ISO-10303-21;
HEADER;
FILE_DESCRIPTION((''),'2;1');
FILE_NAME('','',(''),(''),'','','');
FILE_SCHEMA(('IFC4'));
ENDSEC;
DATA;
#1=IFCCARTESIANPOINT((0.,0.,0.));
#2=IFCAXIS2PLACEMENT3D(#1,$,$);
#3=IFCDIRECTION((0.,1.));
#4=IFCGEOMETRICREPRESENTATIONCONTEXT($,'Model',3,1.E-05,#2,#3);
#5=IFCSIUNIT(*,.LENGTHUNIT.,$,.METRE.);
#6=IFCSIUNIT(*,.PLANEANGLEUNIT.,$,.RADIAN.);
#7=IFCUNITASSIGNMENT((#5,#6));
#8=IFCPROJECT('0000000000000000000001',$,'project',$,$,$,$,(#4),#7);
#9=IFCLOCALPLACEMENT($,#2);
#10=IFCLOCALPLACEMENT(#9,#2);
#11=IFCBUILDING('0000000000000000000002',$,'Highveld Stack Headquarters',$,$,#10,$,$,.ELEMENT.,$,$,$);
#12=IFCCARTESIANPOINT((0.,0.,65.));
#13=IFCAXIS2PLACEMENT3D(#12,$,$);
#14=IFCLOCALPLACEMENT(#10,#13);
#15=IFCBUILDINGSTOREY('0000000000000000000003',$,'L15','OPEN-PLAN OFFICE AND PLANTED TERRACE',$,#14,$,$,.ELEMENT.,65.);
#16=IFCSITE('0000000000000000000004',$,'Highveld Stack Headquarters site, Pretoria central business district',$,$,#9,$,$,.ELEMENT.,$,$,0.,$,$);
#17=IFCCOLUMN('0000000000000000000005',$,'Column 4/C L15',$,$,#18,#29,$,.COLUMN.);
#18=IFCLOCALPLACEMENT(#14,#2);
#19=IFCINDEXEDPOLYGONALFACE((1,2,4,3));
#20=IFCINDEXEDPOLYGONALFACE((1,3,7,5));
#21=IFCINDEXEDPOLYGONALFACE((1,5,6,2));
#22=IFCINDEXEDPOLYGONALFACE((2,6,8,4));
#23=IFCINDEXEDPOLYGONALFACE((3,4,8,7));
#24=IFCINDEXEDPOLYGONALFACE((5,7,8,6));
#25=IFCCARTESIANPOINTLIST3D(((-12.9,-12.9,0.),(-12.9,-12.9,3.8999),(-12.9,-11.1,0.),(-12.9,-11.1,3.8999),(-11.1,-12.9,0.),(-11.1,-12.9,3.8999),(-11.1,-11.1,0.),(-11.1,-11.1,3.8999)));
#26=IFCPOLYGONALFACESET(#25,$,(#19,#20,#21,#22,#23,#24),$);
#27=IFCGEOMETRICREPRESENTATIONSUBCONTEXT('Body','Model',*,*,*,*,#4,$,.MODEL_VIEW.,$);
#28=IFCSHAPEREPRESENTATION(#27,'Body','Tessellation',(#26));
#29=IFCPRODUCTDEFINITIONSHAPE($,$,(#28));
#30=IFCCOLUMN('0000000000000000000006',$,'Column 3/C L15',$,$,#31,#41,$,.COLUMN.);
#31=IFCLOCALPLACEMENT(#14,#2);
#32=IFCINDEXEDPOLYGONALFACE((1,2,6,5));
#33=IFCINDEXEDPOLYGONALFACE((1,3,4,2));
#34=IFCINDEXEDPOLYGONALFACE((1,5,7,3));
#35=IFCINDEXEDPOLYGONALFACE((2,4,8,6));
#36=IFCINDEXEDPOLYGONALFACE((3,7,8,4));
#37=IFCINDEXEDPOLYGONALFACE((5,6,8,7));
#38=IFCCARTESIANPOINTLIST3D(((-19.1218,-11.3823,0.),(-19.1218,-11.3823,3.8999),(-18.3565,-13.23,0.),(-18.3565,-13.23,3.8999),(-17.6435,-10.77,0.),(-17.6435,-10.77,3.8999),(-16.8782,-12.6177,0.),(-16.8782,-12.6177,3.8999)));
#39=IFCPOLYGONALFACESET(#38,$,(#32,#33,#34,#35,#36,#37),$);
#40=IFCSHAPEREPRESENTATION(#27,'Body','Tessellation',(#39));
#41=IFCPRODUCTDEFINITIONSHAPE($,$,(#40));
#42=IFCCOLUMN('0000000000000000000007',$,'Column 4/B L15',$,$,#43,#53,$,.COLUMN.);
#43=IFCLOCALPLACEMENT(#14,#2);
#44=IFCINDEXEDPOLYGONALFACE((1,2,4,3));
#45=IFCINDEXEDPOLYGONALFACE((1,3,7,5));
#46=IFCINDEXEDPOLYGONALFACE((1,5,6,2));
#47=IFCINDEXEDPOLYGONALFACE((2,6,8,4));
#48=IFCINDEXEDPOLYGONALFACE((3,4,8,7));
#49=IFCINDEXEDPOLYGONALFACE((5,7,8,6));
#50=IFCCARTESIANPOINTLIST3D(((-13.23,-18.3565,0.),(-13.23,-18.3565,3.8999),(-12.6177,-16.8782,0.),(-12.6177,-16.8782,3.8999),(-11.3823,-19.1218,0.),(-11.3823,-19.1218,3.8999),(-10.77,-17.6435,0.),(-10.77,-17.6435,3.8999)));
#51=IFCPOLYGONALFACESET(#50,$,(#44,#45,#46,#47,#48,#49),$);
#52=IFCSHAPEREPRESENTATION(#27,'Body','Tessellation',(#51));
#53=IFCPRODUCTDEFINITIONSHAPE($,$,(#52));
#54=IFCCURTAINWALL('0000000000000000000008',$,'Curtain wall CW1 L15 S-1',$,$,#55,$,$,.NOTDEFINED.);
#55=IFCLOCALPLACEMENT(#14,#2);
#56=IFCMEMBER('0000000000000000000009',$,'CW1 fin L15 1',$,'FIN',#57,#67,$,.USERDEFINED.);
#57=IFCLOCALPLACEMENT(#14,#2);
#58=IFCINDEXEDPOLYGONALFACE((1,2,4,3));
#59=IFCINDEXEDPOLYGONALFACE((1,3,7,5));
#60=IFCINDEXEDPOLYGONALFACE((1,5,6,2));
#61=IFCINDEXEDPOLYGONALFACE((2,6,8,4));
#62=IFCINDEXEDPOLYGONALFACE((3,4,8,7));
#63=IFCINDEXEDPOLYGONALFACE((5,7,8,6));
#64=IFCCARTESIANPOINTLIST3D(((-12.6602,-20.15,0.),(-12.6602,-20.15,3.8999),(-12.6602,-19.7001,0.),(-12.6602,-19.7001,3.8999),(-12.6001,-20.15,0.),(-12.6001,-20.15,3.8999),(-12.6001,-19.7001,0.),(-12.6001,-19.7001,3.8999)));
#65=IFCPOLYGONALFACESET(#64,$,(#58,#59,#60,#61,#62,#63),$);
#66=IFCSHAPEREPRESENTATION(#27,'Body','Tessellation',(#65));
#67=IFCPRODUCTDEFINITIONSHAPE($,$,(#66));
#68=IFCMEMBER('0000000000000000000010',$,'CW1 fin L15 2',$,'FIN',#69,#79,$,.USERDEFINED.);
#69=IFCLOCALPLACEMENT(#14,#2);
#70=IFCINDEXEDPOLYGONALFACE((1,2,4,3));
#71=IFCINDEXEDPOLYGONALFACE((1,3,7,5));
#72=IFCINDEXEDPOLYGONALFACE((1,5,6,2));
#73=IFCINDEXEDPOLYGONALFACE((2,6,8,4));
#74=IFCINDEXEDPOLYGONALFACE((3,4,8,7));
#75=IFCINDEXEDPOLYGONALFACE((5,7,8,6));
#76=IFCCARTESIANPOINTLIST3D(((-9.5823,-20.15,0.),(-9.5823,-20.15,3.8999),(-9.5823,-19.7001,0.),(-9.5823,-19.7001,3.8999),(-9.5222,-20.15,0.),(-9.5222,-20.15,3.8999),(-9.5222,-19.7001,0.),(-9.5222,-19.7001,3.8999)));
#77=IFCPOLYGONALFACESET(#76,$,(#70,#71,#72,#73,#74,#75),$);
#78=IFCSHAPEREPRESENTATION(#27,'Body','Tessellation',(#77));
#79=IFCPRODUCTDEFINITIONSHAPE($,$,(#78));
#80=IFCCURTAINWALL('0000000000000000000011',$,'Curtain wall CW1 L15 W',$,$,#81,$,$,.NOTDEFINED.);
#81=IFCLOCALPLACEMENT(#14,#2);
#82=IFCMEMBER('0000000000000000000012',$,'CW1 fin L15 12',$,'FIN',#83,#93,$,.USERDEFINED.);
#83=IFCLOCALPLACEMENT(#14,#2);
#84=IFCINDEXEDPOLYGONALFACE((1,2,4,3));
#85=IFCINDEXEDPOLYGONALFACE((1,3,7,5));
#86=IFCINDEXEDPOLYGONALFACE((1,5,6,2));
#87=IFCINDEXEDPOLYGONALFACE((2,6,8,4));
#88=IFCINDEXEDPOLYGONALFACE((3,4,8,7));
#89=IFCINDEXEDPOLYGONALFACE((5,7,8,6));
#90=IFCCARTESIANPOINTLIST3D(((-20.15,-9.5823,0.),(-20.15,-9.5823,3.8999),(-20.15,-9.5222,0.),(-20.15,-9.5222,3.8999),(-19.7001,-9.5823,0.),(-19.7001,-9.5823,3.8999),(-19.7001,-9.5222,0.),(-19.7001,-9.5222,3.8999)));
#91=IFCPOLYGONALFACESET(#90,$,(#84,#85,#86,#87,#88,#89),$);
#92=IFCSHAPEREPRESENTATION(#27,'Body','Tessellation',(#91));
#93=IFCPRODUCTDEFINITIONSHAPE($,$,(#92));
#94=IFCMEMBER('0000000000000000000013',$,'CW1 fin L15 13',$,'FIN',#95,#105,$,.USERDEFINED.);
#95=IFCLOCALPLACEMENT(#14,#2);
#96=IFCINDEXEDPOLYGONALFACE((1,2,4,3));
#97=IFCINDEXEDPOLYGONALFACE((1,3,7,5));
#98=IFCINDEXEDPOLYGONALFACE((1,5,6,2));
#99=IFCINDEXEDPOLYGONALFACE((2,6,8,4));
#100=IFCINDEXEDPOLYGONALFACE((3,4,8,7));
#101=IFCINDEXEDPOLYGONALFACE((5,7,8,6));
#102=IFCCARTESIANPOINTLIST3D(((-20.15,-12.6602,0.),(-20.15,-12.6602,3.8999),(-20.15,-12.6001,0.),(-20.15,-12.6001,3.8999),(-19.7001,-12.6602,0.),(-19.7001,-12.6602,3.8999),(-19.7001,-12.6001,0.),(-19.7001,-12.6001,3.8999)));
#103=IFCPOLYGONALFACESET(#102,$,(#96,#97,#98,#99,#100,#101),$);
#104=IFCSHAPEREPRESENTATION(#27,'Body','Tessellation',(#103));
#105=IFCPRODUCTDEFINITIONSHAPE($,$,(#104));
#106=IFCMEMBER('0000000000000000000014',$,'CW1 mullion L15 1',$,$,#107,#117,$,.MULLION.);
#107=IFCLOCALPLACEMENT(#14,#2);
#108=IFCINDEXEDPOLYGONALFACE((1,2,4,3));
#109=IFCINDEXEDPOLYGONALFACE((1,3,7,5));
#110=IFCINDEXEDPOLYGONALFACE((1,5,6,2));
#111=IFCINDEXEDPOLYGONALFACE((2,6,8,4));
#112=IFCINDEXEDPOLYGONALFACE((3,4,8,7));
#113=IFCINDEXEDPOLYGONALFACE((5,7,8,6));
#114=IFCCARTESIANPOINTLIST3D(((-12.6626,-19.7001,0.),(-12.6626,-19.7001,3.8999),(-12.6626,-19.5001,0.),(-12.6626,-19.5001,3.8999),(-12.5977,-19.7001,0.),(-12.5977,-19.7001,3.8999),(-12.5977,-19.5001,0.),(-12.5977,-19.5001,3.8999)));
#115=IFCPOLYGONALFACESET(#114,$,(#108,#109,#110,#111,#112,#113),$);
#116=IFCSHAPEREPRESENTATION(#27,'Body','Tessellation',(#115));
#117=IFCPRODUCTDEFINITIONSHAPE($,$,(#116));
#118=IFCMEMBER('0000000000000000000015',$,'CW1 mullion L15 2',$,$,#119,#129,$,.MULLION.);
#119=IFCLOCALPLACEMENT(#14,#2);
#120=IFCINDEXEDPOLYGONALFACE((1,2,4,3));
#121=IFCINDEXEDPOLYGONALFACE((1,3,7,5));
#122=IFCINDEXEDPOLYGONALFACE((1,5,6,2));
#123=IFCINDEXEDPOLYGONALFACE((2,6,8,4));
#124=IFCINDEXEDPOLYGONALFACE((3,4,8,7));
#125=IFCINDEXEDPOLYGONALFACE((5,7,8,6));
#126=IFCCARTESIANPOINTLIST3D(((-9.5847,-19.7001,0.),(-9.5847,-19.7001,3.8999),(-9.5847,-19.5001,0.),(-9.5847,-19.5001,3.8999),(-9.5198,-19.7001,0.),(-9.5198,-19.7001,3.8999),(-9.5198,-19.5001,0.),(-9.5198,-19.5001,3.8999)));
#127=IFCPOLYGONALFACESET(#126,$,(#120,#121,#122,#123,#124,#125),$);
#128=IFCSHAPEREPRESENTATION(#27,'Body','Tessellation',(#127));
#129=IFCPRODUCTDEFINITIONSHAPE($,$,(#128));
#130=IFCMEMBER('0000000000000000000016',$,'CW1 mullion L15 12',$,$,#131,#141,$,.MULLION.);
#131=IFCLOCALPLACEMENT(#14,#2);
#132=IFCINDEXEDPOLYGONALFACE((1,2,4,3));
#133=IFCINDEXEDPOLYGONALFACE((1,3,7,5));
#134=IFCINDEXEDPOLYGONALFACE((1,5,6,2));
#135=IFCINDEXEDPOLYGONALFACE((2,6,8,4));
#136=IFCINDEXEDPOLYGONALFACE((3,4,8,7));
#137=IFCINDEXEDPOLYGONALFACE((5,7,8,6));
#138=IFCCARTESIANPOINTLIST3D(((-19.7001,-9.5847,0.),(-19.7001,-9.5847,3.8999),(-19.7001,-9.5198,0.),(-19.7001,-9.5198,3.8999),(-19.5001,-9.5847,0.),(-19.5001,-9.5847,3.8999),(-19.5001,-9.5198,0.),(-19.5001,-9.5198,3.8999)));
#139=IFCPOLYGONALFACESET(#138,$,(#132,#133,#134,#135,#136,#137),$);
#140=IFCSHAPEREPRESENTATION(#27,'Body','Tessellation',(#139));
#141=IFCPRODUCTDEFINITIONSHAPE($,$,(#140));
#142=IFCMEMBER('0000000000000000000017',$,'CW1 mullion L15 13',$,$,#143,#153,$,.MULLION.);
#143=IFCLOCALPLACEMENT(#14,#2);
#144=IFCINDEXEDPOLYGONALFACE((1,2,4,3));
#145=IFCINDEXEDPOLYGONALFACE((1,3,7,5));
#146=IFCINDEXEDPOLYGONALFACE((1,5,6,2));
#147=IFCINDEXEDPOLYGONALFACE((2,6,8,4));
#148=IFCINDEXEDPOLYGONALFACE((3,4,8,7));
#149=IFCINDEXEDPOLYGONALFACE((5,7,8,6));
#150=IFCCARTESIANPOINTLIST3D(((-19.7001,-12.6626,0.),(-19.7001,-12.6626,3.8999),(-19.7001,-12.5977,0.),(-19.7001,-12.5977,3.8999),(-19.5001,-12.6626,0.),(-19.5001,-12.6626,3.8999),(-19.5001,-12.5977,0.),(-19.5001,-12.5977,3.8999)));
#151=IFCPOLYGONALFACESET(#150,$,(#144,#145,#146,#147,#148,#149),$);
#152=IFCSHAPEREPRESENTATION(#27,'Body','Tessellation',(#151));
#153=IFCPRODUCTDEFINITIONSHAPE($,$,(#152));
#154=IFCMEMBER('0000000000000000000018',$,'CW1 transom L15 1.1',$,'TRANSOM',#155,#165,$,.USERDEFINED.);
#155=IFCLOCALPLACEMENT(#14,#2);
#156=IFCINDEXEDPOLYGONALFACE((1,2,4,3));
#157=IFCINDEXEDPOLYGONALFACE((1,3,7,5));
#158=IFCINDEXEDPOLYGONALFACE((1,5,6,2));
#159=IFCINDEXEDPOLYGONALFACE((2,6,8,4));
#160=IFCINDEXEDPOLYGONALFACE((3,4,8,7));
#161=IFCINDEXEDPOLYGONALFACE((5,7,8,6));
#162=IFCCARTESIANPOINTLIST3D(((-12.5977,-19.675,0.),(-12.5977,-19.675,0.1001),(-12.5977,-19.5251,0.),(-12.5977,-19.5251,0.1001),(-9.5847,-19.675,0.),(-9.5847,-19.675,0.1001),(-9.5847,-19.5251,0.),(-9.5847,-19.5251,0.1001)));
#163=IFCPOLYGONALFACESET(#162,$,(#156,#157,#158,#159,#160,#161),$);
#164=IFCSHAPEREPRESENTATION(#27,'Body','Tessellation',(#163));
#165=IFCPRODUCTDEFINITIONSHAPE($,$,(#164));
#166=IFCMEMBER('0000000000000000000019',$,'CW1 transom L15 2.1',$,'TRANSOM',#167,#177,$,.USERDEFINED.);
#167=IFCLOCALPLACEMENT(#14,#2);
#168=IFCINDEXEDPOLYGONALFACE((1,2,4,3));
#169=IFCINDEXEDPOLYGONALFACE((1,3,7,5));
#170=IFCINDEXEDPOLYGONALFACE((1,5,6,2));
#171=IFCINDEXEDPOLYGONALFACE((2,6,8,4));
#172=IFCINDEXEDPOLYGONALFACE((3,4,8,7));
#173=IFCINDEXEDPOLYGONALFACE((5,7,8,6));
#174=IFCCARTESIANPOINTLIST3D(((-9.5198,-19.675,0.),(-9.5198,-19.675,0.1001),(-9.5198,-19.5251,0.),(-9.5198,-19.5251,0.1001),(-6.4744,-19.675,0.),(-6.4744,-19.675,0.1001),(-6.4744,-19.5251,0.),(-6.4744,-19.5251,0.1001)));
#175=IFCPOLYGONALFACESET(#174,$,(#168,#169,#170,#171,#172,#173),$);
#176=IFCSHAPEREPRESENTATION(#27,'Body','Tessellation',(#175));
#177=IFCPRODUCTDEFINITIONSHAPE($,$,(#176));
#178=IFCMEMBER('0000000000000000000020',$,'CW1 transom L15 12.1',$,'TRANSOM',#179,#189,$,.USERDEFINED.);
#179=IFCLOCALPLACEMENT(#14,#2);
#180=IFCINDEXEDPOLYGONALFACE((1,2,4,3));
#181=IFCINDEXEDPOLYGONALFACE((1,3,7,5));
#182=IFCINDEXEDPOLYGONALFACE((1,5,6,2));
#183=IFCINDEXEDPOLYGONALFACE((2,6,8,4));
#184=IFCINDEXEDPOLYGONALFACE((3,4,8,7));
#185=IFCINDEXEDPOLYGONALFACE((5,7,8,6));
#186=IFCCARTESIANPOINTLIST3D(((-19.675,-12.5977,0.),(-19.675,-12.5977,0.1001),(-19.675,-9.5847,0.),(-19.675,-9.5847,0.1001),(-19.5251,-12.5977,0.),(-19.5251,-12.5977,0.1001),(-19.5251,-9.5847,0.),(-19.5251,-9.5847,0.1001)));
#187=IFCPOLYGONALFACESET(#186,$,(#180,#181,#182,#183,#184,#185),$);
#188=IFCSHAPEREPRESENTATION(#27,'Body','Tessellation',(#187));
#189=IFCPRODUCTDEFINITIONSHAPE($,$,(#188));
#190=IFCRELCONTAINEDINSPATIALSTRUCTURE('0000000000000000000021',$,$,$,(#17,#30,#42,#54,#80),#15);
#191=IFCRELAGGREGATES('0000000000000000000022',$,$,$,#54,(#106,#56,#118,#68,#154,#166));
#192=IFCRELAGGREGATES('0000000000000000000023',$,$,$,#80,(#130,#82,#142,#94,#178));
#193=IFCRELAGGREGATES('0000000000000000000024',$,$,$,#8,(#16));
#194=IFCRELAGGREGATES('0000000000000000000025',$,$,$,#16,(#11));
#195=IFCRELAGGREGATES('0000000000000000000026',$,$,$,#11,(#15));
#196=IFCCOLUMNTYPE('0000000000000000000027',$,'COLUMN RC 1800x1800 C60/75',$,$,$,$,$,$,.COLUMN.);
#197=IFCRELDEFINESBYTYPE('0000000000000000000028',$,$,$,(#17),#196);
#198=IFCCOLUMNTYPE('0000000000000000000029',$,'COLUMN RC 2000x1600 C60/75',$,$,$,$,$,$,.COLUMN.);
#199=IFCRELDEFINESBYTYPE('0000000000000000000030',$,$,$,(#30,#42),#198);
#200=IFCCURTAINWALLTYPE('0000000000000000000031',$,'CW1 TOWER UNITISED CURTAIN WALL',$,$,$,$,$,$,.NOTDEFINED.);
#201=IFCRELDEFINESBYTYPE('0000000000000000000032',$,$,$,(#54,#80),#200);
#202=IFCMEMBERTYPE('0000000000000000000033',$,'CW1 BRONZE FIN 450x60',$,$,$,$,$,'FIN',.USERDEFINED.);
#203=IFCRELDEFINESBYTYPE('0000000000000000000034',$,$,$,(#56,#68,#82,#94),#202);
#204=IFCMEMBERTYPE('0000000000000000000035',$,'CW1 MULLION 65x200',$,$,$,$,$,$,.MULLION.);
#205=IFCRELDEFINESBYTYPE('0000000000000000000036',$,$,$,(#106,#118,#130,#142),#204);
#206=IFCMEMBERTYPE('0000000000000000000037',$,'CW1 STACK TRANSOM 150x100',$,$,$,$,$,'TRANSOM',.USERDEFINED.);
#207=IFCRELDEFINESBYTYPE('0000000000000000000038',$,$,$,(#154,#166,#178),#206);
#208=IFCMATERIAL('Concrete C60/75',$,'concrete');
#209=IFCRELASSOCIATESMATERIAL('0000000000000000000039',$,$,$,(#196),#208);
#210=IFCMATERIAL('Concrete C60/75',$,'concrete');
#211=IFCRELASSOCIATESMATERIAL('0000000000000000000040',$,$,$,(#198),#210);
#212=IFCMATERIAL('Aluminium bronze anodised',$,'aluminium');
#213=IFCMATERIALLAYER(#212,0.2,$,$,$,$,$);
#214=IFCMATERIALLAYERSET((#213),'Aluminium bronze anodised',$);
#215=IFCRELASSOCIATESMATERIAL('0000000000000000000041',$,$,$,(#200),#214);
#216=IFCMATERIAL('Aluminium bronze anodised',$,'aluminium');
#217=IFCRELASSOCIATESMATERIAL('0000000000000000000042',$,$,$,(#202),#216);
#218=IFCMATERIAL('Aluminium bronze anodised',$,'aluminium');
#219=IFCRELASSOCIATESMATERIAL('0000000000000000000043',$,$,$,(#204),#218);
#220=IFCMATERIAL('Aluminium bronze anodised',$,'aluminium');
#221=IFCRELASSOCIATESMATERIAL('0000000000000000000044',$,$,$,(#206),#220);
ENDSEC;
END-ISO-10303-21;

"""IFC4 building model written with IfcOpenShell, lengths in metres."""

from ifc_helpers import new_model, si_unit, direction, frame, origin, origin_2d, place, context, subcontext, project, spatial, rectangle, extrude, material, layer, layer_set, material_profile, profile_set, type_object, element, aggregate, save


model = new_model("IFC4")

# Units and contexts
model_context = context("Model", 3, precision=1e-05, world=origin(), true_north=direction((0.0, 1.0)))
body_context = subcontext(model_context, "Body", "Model", "MODEL_VIEW")
ifc_project = project(units=[si_unit("LENGTHUNIT", "METRE"), si_unit("PLANEANGLEUNIT", "RADIAN")], contexts=[model_context])

# Site, building, storey
site_placement = place(None, origin())
site = spatial("IfcSite", under=ifc_project, at=site_placement, Name="Highveld Stack Headquarters site, Pretoria central business district", CompositionType="ELEMENT", RefElevation=0.0)
building_placement = place(site_placement, origin())
building = spatial("IfcBuilding", under=site, at=building_placement, Name="Highveld Stack Headquarters", CompositionType="ELEMENT")
storey_placement = place(building_placement, frame((0.0, 0.0, 65.0)))
storey = spatial("IfcBuildingStorey", under=building, at=storey_placement, Name="L15", Description="OPEN-PLAN OFFICE AND PLANTED TERRACE", CompositionType="ELEMENT", Elevation=65.0)

# Columns
ifc_material_1 = material(Name="Concrete C60/75", Category="concrete")
ifc_material_profile_1 = material_profile(ifc_material_1, rectangle(XDim=1.8, YDim=1.8, at=origin_2d()), Name="RC 1800x1800")
ifc_profile_set_1 = profile_set([ifc_material_profile_1], Name="Concrete C60/75")
column_type_1 = type_object("IfcColumnType", Name="COLUMN RC 1800x1800 C60/75", PredefinedType="COLUMN", material=ifc_profile_set_1)
column_placement = place(storey_placement, frame((-12.0, -12.0, 0.0), z_axis=(0.0, 0.0, 1.0), x_axis=(1.0, 0.0, 0.0)))
element("IfcColumn", 1, at=column_placement, inside=storey, type_object=column_type_1, Name="Column 4/C L15", PredefinedType="COLUMN", context=body_context, shape_type="SweptSolid", body=[
    extrude(rectangle(XDim=1.8, YDim=1.8, at=origin_2d()), origin(), (0.0, 0.0, 1.0), 3.8999),
])
ifc_material_2 = material(Name="Concrete C60/75", Category="concrete")
ifc_material_profile_2 = material_profile(ifc_material_2, rectangle(XDim=2.0, YDim=1.6001, at=origin_2d()), Name="RC 2000x1600")
ifc_profile_set_2 = profile_set([ifc_material_profile_2], Name="Concrete C60/75")
column_type_2 = type_object("IfcColumnType", Name="COLUMN RC 2000x1600 C60/75", PredefinedType="COLUMN", material=ifc_profile_set_2)
for number, where, z_axis, x_axis, name in (
    (2, (-18.0, -12.0, 0.0), (0.0, 0.0, 1.0), (-0.382683, 0.92388, 0.0), "Column 3/C L15"),
    (3, (-12.0, -18.0, 0.0), (0.0, 0.0, 1.0), (-0.92388, 0.382683, 0.0), "Column 4/B L15"),
):
    element("IfcColumn", number, at=place(storey_placement, frame(where, z_axis=z_axis, x_axis=x_axis)), inside=storey, type_object=column_type_2, Name=name, PredefinedType="COLUMN", context=body_context, shape_type="SweptSolid", body=[
        extrude(rectangle(XDim=2.0, YDim=1.6001, at=origin_2d()), origin(), (0.0, 0.0, 1.0), 3.8999),
    ])

# Curtain walls, members
ifc_material_3 = material(Name="Aluminium bronze anodised", Category="aluminium")
ifc_layer_1 = layer(ifc_material_3, 0.2)
ifc_layer_set_1 = layer_set([ifc_layer_1], Name="Aluminium bronze anodised")
curtain_wall_type_1 = type_object("IfcCurtainWallType", Name="CW1 TOWER UNITISED CURTAIN WALL", PredefinedType="NOTDEFINED", material=ifc_layer_set_1)
curtain_wall_1_placement = place(storey_placement, origin())
curtain_wall_1 = element("IfcCurtainWall", 4, at=curtain_wall_1_placement, inside=storey, type_object=curtain_wall_type_1, Name="Curtain wall CW1 L15 S-1", PredefinedType="NOTDEFINED")
ifc_material_4 = material(Name="Aluminium bronze anodised", Category="aluminium")
ifc_material_profile_3 = material_profile(ifc_material_4, rectangle(XDim=0.45, YDim=0.0601, at=origin_2d()), Name="FIN 450x60")
ifc_profile_set_3 = profile_set([ifc_material_profile_3], Name="Aluminium bronze anodised")
member_type_1 = type_object("IfcMemberType", Name="CW1 BRONZE FIN 450x60", ElementType="FIN", PredefinedType="USERDEFINED", material=ifc_profile_set_3)
member_1_placement = place(storey_placement, frame((-12.6301, -19.925, 0.0), z_axis=(0.0, 0.0, 1.0), x_axis=(0.0, 1.0, 0.0)))
member_1 = element("IfcMember", 5, at=member_1_placement, type_object=member_type_1, Name="CW1 fin L15 1", ObjectType="FIN", PredefinedType="USERDEFINED", context=body_context, shape_type="SweptSolid", body=[
    extrude(rectangle(XDim=0.45, YDim=0.0601, at=origin_2d()), origin(), (0.0, 0.0, 1.0), 3.8999),
])
member_2_placement = place(storey_placement, frame((-9.5522, -19.925, 0.0), z_axis=(0.0, 0.0, 1.0), x_axis=(0.0, 1.0, 0.0)))
member_2 = element("IfcMember", 6, at=member_2_placement, type_object=member_type_1, Name="CW1 fin L15 2", ObjectType="FIN", PredefinedType="USERDEFINED", context=body_context, shape_type="SweptSolid", body=[
    extrude(rectangle(XDim=0.45, YDim=0.0601, at=origin_2d()), origin(), (0.0, 0.0, 1.0), 3.8999),
])
curtain_wall_2_placement = place(storey_placement, origin())
curtain_wall_2 = element("IfcCurtainWall", 7, at=curtain_wall_2_placement, inside=storey, type_object=curtain_wall_type_1, Name="Curtain wall CW1 L15 W", PredefinedType="NOTDEFINED")
member_3_placement = place(storey_placement, frame((-19.925, -9.5522, 0.0), z_axis=(0.0, 0.0, 1.0), x_axis=(1.0, 0.0, 0.0)))
member_3 = element("IfcMember", 8, at=member_3_placement, type_object=member_type_1, Name="CW1 fin L15 12", ObjectType="FIN", PredefinedType="USERDEFINED", context=body_context, shape_type="SweptSolid", body=[
    extrude(rectangle(XDim=0.45, YDim=0.0601, at=origin_2d()), origin(), (0.0, 0.0, 1.0), 3.8999),
])
member_4_placement = place(storey_placement, frame((-19.925, -12.6301, 0.0), z_axis=(0.0, 0.0, 1.0), x_axis=(1.0, 0.0, 0.0)))
member_4 = element("IfcMember", 9, at=member_4_placement, type_object=member_type_1, Name="CW1 fin L15 13", ObjectType="FIN", PredefinedType="USERDEFINED", context=body_context, shape_type="SweptSolid", body=[
    extrude(rectangle(XDim=0.45, YDim=0.0601, at=origin_2d()), origin(), (0.0, 0.0, 1.0), 3.8999),
])

# Members
ifc_material_5 = material(Name="Aluminium bronze anodised", Category="aluminium")
ifc_material_profile_4 = material_profile(ifc_material_5, rectangle(XDim=0.2, YDim=0.0649, at=origin_2d()), Name="CW1 MULLION 65x200")
ifc_profile_set_4 = profile_set([ifc_material_profile_4], Name="Aluminium bronze anodised")
member_type_2 = type_object("IfcMemberType", Name="CW1 MULLION 65x200", PredefinedType="MULLION", material=ifc_profile_set_4)
member_5_placement = place(storey_placement, frame((-12.6301, -19.6001, 0.0), z_axis=(0.0, 0.0, 1.0), x_axis=(0.0, 1.0, 0.0)))
member_5 = element("IfcMember", 10, at=member_5_placement, type_object=member_type_2, Name="CW1 mullion L15 1", PredefinedType="MULLION", context=body_context, shape_type="SweptSolid", body=[
    extrude(rectangle(XDim=0.2, YDim=0.0649, at=origin_2d()), origin(), (0.0, 0.0, 1.0), 3.8999),
])
member_6_placement = place(storey_placement, frame((-9.5522, -19.6001, 0.0), z_axis=(0.0, 0.0, 1.0), x_axis=(0.0, 1.0, 0.0)))
member_6 = element("IfcMember", 11, at=member_6_placement, type_object=member_type_2, Name="CW1 mullion L15 2", PredefinedType="MULLION", context=body_context, shape_type="SweptSolid", body=[
    extrude(rectangle(XDim=0.2, YDim=0.0649, at=origin_2d()), origin(), (0.0, 0.0, 1.0), 3.8999),
])
member_7_placement = place(storey_placement, frame((-19.6001, -9.5522, 0.0), z_axis=(0.0, 0.0, 1.0), x_axis=(1.0, 0.0, 0.0)))
member_7 = element("IfcMember", 12, at=member_7_placement, type_object=member_type_2, Name="CW1 mullion L15 12", PredefinedType="MULLION", context=body_context, shape_type="SweptSolid", body=[
    extrude(rectangle(XDim=0.2, YDim=0.0649, at=origin_2d()), origin(), (0.0, 0.0, 1.0), 3.8999),
])
member_8_placement = place(storey_placement, frame((-19.6001, -12.6301, 0.0), z_axis=(0.0, 0.0, 1.0), x_axis=(1.0, 0.0, 0.0)))
member_8 = element("IfcMember", 13, at=member_8_placement, type_object=member_type_2, Name="CW1 mullion L15 13", PredefinedType="MULLION", context=body_context, shape_type="SweptSolid", body=[
    extrude(rectangle(XDim=0.2, YDim=0.0649, at=origin_2d()), origin(), (0.0, 0.0, 1.0), 3.8999),
])
ifc_material_6 = material(Name="Aluminium bronze anodised", Category="aluminium")
ifc_material_profile_5 = material_profile(ifc_material_6, rectangle(XDim=0.1499, YDim=0.1001, at=origin_2d()), Name="CW1 TRANSOM 150x100")
ifc_profile_set_5 = profile_set([ifc_material_profile_5], Name="Aluminium bronze anodised")
member_type_3 = type_object("IfcMemberType", Name="CW1 STACK TRANSOM 150x100", ElementType="TRANSOM", PredefinedType="USERDEFINED", material=ifc_profile_set_5)
member_9_placement = place(storey_placement, frame((-12.5977, -19.6001, 0.05), z_axis=(1.0, 0.0, 0.0), x_axis=(0.0, 1.0, 0.0)))
member_9 = element("IfcMember", 14, at=member_9_placement, type_object=member_type_3, Name="CW1 transom L15 1.1", ObjectType="TRANSOM", PredefinedType="USERDEFINED", context=body_context, shape_type="SweptSolid", body=[
    extrude(rectangle(XDim=0.1499, YDim=0.1001, at=origin_2d()), origin(), (0.0, 0.0, 1.0), 3.0129),
])
member_10_placement = place(storey_placement, frame((-9.5198, -19.6001, 0.05), z_axis=(1.0, 0.0, 0.0), x_axis=(0.0, 1.0, 0.0)))
member_10 = element("IfcMember", 15, at=member_10_placement, type_object=member_type_3, Name="CW1 transom L15 2.1", ObjectType="TRANSOM", PredefinedType="USERDEFINED", context=body_context, shape_type="SweptSolid", body=[
    extrude(rectangle(XDim=0.1499, YDim=0.1001, at=origin_2d()), origin(), (0.0, 0.0, 1.0), 3.0454),
])
member_11_placement = place(storey_placement, frame((-19.6001, -9.5847, 0.05), z_axis=(0.0, -1.0, 0.0), x_axis=(1.0, 0.0, 0.0)))
member_11 = element("IfcMember", 16, at=member_11_placement, type_object=member_type_3, Name="CW1 transom L15 12.1", ObjectType="TRANSOM", PredefinedType="USERDEFINED", context=body_context, shape_type="SweptSolid", body=[
    extrude(rectangle(XDim=0.1499, YDim=0.1001, at=origin_2d()), origin(), (0.0, 0.0, 1.0), 3.0129),
])

aggregate(curtain_wall_1, [member_5, member_1, member_6, member_2, member_9, member_10])
aggregate(curtain_wall_2, [member_7, member_3, member_8, member_4, member_11])

save(model, "model.ifc")
